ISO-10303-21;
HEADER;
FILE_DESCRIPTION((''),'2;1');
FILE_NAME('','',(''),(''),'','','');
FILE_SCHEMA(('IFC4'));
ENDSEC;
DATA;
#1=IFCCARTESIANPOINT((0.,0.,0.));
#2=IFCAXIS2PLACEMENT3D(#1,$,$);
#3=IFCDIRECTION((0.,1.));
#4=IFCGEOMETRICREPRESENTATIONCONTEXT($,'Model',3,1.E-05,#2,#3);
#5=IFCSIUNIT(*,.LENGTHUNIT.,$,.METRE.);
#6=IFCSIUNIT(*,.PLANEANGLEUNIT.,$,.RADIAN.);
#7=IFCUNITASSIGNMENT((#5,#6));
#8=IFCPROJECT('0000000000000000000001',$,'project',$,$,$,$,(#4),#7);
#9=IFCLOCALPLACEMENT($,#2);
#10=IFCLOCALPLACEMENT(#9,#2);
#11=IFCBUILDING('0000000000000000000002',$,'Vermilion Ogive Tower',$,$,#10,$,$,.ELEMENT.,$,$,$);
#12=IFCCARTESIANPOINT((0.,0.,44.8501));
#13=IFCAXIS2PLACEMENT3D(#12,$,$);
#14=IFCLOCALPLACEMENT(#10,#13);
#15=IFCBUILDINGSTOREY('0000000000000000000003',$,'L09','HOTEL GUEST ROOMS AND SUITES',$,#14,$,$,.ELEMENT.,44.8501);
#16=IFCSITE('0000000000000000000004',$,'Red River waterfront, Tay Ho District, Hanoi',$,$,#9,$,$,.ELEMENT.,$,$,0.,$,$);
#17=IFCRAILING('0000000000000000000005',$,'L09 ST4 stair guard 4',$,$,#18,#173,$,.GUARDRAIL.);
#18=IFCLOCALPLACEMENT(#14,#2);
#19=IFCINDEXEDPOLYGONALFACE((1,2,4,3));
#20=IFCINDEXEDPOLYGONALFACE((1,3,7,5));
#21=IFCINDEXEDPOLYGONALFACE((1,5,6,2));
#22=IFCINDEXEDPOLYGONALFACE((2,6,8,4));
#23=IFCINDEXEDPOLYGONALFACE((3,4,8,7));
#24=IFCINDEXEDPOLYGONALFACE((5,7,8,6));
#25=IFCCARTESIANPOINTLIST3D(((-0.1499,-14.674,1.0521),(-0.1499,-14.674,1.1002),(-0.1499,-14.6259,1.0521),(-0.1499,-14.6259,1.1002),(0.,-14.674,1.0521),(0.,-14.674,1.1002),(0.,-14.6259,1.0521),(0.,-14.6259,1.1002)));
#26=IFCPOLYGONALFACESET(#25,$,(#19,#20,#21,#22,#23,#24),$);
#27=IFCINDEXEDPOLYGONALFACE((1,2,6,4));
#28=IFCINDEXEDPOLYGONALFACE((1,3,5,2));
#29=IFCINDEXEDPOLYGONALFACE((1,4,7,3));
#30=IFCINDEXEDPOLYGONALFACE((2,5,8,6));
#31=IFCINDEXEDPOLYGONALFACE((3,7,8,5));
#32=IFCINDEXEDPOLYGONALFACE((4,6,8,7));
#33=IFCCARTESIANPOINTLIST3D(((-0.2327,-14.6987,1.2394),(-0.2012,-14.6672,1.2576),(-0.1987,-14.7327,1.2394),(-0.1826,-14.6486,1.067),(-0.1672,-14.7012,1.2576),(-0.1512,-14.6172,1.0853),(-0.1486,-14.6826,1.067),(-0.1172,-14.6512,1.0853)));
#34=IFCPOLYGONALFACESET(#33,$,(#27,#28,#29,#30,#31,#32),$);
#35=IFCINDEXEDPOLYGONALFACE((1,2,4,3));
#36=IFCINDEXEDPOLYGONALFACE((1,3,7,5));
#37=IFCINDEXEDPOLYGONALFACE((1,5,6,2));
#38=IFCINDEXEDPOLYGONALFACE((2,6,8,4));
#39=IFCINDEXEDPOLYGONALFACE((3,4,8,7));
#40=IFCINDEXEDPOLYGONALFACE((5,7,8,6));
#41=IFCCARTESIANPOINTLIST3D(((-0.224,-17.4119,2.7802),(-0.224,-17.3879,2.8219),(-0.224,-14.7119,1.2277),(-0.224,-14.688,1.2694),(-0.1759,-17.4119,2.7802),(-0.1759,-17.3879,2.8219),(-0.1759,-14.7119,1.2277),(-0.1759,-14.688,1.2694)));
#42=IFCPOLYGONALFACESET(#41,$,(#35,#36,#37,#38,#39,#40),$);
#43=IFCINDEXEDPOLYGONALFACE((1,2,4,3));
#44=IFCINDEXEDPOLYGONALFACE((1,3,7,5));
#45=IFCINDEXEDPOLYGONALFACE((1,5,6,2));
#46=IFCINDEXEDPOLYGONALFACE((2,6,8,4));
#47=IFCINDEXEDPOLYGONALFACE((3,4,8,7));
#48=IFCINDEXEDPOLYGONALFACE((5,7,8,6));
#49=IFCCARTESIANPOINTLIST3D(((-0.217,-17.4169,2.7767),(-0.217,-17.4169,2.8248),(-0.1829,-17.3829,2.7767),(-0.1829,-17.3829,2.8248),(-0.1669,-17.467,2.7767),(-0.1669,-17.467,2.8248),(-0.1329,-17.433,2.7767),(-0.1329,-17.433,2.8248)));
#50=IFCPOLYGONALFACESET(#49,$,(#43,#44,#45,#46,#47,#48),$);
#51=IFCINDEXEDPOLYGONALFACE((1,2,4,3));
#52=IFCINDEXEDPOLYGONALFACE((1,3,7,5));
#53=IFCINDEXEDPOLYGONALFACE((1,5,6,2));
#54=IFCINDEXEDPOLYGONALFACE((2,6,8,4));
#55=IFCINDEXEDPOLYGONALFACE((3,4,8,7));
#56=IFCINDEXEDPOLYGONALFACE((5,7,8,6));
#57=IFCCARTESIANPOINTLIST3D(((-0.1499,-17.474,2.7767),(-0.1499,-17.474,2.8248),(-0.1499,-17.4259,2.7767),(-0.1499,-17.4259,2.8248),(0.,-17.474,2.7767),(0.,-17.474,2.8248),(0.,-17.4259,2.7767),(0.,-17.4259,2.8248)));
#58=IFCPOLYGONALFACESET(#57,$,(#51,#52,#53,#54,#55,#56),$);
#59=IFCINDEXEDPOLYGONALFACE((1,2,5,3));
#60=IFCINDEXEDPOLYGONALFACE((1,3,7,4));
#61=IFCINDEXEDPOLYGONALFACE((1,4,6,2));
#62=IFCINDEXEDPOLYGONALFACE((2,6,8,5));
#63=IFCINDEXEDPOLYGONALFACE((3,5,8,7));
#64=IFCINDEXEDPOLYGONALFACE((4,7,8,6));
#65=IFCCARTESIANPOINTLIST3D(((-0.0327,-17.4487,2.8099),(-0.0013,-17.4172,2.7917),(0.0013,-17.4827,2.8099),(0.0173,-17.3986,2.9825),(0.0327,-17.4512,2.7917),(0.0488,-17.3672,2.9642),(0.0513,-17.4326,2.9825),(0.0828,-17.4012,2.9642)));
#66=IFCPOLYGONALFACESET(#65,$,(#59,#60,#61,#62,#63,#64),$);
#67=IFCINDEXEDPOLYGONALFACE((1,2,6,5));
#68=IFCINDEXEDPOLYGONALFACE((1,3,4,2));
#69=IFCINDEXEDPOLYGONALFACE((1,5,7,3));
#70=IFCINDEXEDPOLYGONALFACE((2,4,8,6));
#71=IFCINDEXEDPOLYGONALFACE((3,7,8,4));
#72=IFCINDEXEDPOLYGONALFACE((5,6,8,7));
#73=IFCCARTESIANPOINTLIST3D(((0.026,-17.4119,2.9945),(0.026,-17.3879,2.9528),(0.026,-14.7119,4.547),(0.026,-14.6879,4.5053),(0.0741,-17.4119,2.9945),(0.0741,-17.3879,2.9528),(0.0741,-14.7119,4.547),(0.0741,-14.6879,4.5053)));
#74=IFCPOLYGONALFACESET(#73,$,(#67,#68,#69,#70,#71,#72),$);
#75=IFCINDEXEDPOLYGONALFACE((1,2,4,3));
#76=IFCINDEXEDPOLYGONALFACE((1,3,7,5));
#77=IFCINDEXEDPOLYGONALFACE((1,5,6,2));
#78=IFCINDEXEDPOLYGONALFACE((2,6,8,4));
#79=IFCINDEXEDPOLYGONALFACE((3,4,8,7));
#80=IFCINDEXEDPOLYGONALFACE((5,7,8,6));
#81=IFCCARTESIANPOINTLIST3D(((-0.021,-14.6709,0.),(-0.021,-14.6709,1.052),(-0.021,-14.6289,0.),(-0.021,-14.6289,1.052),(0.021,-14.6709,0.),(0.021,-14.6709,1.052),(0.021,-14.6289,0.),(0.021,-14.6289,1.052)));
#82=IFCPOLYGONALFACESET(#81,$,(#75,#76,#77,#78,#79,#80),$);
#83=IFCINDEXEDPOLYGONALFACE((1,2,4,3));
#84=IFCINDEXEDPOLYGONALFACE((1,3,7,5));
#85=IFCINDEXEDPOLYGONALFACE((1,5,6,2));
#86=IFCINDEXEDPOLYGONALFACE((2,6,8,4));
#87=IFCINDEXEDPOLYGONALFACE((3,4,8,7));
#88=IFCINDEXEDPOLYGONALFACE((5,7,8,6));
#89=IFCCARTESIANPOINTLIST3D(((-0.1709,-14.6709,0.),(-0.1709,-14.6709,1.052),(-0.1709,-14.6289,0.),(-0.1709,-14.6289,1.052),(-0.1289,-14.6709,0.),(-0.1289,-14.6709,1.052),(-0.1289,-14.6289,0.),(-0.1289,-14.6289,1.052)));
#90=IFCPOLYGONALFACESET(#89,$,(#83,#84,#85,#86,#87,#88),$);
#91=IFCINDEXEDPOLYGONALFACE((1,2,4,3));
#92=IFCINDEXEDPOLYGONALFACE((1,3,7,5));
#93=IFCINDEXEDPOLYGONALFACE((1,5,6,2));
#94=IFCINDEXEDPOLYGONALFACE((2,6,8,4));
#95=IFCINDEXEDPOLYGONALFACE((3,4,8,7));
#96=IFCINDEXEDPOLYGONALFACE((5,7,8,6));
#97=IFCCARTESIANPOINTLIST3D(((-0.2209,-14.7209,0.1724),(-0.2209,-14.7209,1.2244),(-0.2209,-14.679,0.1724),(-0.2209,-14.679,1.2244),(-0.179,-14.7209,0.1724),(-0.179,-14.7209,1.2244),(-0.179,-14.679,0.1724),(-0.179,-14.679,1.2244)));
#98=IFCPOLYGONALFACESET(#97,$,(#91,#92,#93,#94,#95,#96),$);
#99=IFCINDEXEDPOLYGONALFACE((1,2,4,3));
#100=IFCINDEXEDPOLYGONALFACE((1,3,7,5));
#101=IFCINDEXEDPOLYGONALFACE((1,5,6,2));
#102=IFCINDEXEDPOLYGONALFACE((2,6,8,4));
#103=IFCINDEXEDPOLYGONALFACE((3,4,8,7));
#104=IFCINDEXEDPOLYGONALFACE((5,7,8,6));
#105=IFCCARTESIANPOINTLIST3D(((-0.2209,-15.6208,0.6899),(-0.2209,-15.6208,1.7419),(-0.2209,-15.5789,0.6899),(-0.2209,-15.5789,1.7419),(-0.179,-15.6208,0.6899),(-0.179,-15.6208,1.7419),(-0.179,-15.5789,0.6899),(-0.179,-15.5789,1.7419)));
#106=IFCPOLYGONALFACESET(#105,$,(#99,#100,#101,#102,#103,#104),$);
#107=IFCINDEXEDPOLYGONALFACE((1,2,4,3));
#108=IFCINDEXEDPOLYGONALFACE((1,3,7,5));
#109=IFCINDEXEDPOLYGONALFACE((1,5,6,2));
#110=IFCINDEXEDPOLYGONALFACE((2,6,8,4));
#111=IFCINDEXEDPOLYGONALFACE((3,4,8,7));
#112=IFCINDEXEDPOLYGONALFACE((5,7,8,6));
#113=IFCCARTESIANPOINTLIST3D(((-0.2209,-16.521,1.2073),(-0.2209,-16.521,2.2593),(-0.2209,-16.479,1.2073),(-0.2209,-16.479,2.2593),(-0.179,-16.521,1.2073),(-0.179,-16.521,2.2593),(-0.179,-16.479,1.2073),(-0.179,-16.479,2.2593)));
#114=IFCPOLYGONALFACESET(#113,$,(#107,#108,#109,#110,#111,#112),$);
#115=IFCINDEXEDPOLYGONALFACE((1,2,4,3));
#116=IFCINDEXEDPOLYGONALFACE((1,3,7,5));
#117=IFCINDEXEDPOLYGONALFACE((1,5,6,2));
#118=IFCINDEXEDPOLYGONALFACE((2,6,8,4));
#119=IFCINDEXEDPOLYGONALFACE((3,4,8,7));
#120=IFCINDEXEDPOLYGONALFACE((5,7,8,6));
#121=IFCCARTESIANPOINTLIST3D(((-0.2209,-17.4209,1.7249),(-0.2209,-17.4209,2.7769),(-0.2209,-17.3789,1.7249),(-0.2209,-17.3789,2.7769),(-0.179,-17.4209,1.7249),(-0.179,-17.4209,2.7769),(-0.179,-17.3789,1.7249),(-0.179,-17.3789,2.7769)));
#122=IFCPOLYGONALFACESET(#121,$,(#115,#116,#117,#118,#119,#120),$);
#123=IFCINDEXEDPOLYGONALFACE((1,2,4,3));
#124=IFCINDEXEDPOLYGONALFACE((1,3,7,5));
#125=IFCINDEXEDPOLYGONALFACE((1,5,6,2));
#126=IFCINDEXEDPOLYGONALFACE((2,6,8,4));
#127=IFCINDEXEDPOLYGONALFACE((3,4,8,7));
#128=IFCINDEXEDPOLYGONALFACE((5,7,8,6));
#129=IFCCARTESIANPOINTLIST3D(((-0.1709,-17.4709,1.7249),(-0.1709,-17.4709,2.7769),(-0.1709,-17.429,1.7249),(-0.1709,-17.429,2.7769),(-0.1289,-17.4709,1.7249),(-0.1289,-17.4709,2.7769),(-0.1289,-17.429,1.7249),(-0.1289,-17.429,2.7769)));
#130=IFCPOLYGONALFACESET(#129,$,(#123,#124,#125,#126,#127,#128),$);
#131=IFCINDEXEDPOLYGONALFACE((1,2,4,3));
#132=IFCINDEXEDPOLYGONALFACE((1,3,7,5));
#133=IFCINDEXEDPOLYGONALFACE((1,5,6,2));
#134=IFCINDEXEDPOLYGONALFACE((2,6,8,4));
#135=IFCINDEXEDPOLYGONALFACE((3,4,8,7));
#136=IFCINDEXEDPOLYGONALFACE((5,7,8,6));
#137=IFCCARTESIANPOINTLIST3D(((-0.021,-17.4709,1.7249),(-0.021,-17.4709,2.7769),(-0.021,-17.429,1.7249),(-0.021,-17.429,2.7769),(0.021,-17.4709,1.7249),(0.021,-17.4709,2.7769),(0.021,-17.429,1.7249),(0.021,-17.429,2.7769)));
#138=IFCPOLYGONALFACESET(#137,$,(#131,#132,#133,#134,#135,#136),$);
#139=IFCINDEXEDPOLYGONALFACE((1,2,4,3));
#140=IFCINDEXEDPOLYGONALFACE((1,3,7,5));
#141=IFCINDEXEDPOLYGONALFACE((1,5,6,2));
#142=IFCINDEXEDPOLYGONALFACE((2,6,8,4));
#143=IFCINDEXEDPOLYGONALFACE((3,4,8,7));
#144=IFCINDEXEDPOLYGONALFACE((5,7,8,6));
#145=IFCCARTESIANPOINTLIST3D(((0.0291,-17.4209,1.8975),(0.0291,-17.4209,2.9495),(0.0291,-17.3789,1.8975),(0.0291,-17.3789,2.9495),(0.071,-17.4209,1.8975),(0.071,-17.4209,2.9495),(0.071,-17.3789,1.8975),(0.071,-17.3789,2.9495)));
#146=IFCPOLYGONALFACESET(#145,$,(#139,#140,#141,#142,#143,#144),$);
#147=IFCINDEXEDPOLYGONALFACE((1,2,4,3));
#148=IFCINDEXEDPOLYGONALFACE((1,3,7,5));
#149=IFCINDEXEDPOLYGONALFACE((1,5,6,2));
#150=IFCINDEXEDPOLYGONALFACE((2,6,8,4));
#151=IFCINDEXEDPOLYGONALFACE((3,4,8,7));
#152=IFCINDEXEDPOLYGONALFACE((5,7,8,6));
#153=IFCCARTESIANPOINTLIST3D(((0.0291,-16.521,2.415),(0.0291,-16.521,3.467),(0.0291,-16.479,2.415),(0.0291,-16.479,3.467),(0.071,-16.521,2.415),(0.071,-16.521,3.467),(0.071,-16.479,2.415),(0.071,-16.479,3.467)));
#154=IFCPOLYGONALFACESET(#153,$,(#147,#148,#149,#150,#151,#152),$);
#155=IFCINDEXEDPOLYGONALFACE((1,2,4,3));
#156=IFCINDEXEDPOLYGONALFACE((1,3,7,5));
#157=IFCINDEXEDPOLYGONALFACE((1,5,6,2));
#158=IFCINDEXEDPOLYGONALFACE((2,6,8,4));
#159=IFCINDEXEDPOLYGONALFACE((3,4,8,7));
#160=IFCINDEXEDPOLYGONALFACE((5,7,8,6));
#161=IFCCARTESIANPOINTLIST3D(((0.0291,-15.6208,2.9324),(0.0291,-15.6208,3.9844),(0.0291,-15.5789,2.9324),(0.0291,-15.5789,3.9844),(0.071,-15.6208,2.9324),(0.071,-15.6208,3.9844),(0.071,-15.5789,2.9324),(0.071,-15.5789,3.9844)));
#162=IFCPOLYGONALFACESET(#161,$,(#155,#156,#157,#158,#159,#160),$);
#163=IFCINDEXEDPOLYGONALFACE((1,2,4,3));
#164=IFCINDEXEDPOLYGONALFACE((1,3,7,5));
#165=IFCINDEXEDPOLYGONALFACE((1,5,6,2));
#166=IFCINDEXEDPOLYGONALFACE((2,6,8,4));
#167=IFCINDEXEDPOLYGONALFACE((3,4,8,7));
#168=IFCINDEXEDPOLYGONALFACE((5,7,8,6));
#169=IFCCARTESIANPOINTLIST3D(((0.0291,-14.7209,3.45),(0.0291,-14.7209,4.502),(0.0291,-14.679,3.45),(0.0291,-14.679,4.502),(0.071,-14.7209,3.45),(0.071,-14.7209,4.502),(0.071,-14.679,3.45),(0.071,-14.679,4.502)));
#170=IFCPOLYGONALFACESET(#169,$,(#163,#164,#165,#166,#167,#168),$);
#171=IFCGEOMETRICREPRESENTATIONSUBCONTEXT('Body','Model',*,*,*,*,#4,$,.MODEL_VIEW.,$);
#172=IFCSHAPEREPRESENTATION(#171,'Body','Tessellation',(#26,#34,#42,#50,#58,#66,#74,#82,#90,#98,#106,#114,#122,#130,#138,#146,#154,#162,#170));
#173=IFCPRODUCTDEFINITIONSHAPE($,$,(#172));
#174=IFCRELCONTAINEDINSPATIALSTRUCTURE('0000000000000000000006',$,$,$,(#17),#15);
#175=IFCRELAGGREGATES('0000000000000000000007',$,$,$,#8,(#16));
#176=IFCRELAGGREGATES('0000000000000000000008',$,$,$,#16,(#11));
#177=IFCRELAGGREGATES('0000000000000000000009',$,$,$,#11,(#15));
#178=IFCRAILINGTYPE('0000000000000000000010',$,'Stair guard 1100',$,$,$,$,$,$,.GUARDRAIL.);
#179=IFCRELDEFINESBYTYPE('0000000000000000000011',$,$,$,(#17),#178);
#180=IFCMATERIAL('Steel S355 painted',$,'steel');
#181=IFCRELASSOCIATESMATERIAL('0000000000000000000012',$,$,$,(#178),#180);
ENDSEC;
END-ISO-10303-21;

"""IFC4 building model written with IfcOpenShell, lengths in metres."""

from ifc_helpers import new_model, si_unit, direction, frame, origin, origin_2d, place, context, subcontext, project, spatial, rectangle, extrude, material, type_object, element, save


model = new_model("IFC4")

# Units and contexts
model_context = context("Model", 3, precision=1e-05, world=origin(), true_north=direction((0.0, 1.0)))
body_context = subcontext(model_context, "Body", "Model", "MODEL_VIEW")
ifc_project = project(units=[si_unit("LENGTHUNIT", "METRE"), si_unit("PLANEANGLEUNIT", "RADIAN")], contexts=[model_context])

# Site, building, storey
site_placement = place(None, origin())
site = spatial("IfcSite", under=ifc_project, at=site_placement, Name="Red River waterfront, Tay Ho District, Hanoi", CompositionType="ELEMENT", RefElevation=0.0)
building_placement = place(site_placement, origin())
building = spatial("IfcBuilding", under=site, at=building_placement, Name="Vermilion Ogive Tower", CompositionType="ELEMENT")
storey_placement = place(building_placement, frame((0.0, 0.0, 44.8501)))
storey = spatial("IfcBuildingStorey", under=building, at=storey_placement, Name="L09", Description="HOTEL GUEST ROOMS AND SUITES", CompositionType="ELEMENT", Elevation=44.8501)

# Railing
ifc_material_1 = material(Name="Steel S355 painted", Category="steel")
railing_type_1 = type_object("IfcRailingType", Name="Stair guard 1100", PredefinedType="GUARDRAIL", material=ifc_material_1)
railing_1_placement = place(storey_placement, frame((0.0, -14.6499, 0.0)))
element("IfcRailing", 1, at=railing_1_placement, inside=storey, type_object=railing_type_1, Name="L09 ST4 stair guard 4", PredefinedType="GUARDRAIL", context=body_context, shape_type="SweptSolid", body=[
    extrude(rectangle(XDim=0.0481, YDim=0.0481, at=origin_2d()), frame((0.0, 0.0, 1.0762), z_axis=(-1.0, 0.0, 0.0), x_axis=(0.0, -1.0, 0.0)), (0.0, 0.0, 1.0), 0.1499),
    extrude(rectangle(XDim=0.0481, YDim=0.0481, at=origin_2d()), frame((-0.1499, 0.0, 1.0762), z_axis=(-0.268603, -0.268603, 0.925043), x_axis=(0.707107, -0.707107, 0.0)), (0.0, 0.0, 1.0), 0.1863),
    extrude(rectangle(XDim=0.0481, YDim=0.0481, at=origin_2d()), frame((-0.2, -0.05, 1.2485), z_axis=(0.0, -0.866904, 0.498476), x_axis=(1.0, 0.0, 0.0)), (0.0, 0.0, 1.0), 3.1145),
    extrude(rectangle(XDim=0.0481, YDim=0.0481, at=origin_2d()), frame((-0.2, -2.75, 2.8008), z_axis=(0.707107, -0.707107, 0.0), x_axis=(0.707107, 0.707107, 0.0)), (0.0, 0.0, 1.0), 0.0708),
    extrude(rectangle(XDim=0.0481, YDim=0.0481, at=origin_2d()), frame((-0.1499, -2.8, 2.8008), z_axis=(1.0, 0.0, 0.0), x_axis=(0.0, 1.0, 0.0)), (0.0, 0.0, 1.0), 0.1499),
    extrude(rectangle(XDim=0.0481, YDim=0.0481, at=origin_2d()), frame((0.0, -2.8, 2.8008), z_axis=(0.268278, 0.268278, 0.925232), x_axis=(-0.707107, 0.707107, 0.0)), (0.0, 0.0, 1.0), 0.1865),
    extrude(rectangle(XDim=0.0481, YDim=0.0481, at=origin_2d()), frame((0.05, -2.75, 2.9736), z_axis=(0.0, 0.866904, 0.498476), x_axis=(-1.0, 0.0, 0.0)), (0.0, 0.0, 1.0), 3.1145),
    extrude(rectangle(XDim=0.042, YDim=0.042, at=origin_2d()), origin(), (0.0, 0.0, 1.0), 1.052),
    extrude(rectangle(XDim=0.042, YDim=0.042, at=origin_2d()), frame((-0.1499, 0.0, 0.0)), (0.0, 0.0, 1.0), 1.052),
    extrude(rectangle(XDim=0.042, YDim=0.042, at=origin_2d()), frame((-0.2, -0.05, 0.1724)), (0.0, 0.0, 1.0), 1.052),
    extrude(rectangle(XDim=0.042, YDim=0.042, at=origin_2d()), frame((-0.2, -0.95, 0.6899)), (0.0, 0.0, 1.0), 1.052),
    extrude(rectangle(XDim=0.042, YDim=0.042, at=origin_2d()), frame((-0.2, -1.8501, 1.2073)), (0.0, 0.0, 1.0), 1.052),
    extrude(rectangle(XDim=0.042, YDim=0.042, at=origin_2d()), frame((-0.2, -2.75, 1.7249)), (0.0, 0.0, 1.0), 1.052),
    extrude(rectangle(XDim=0.042, YDim=0.042, at=origin_2d()), frame((-0.1499, -2.8, 1.7249)), (0.0, 0.0, 1.0), 1.052),
    extrude(rectangle(XDim=0.042, YDim=0.042, at=origin_2d()), frame((0.0, -2.8, 1.7249)), (0.0, 0.0, 1.0), 1.052),
    extrude(rectangle(XDim=0.042, YDim=0.042, at=origin_2d()), frame((0.05, -2.75, 1.8975)), (0.0, 0.0, 1.0), 1.052),
    extrude(rectangle(XDim=0.042, YDim=0.042, at=origin_2d()), frame((0.05, -1.8501, 2.415)), (0.0, 0.0, 1.0), 1.052),
    extrude(rectangle(XDim=0.042, YDim=0.042, at=origin_2d()), frame((0.05, -0.95, 2.9324)), (0.0, 0.0, 1.0), 1.052),
    extrude(rectangle(XDim=0.042, YDim=0.042, at=origin_2d()), frame((0.05, -0.05, 3.45)), (0.0, 0.0, 1.0), 1.052),
])

save(model, "model.ifc")
